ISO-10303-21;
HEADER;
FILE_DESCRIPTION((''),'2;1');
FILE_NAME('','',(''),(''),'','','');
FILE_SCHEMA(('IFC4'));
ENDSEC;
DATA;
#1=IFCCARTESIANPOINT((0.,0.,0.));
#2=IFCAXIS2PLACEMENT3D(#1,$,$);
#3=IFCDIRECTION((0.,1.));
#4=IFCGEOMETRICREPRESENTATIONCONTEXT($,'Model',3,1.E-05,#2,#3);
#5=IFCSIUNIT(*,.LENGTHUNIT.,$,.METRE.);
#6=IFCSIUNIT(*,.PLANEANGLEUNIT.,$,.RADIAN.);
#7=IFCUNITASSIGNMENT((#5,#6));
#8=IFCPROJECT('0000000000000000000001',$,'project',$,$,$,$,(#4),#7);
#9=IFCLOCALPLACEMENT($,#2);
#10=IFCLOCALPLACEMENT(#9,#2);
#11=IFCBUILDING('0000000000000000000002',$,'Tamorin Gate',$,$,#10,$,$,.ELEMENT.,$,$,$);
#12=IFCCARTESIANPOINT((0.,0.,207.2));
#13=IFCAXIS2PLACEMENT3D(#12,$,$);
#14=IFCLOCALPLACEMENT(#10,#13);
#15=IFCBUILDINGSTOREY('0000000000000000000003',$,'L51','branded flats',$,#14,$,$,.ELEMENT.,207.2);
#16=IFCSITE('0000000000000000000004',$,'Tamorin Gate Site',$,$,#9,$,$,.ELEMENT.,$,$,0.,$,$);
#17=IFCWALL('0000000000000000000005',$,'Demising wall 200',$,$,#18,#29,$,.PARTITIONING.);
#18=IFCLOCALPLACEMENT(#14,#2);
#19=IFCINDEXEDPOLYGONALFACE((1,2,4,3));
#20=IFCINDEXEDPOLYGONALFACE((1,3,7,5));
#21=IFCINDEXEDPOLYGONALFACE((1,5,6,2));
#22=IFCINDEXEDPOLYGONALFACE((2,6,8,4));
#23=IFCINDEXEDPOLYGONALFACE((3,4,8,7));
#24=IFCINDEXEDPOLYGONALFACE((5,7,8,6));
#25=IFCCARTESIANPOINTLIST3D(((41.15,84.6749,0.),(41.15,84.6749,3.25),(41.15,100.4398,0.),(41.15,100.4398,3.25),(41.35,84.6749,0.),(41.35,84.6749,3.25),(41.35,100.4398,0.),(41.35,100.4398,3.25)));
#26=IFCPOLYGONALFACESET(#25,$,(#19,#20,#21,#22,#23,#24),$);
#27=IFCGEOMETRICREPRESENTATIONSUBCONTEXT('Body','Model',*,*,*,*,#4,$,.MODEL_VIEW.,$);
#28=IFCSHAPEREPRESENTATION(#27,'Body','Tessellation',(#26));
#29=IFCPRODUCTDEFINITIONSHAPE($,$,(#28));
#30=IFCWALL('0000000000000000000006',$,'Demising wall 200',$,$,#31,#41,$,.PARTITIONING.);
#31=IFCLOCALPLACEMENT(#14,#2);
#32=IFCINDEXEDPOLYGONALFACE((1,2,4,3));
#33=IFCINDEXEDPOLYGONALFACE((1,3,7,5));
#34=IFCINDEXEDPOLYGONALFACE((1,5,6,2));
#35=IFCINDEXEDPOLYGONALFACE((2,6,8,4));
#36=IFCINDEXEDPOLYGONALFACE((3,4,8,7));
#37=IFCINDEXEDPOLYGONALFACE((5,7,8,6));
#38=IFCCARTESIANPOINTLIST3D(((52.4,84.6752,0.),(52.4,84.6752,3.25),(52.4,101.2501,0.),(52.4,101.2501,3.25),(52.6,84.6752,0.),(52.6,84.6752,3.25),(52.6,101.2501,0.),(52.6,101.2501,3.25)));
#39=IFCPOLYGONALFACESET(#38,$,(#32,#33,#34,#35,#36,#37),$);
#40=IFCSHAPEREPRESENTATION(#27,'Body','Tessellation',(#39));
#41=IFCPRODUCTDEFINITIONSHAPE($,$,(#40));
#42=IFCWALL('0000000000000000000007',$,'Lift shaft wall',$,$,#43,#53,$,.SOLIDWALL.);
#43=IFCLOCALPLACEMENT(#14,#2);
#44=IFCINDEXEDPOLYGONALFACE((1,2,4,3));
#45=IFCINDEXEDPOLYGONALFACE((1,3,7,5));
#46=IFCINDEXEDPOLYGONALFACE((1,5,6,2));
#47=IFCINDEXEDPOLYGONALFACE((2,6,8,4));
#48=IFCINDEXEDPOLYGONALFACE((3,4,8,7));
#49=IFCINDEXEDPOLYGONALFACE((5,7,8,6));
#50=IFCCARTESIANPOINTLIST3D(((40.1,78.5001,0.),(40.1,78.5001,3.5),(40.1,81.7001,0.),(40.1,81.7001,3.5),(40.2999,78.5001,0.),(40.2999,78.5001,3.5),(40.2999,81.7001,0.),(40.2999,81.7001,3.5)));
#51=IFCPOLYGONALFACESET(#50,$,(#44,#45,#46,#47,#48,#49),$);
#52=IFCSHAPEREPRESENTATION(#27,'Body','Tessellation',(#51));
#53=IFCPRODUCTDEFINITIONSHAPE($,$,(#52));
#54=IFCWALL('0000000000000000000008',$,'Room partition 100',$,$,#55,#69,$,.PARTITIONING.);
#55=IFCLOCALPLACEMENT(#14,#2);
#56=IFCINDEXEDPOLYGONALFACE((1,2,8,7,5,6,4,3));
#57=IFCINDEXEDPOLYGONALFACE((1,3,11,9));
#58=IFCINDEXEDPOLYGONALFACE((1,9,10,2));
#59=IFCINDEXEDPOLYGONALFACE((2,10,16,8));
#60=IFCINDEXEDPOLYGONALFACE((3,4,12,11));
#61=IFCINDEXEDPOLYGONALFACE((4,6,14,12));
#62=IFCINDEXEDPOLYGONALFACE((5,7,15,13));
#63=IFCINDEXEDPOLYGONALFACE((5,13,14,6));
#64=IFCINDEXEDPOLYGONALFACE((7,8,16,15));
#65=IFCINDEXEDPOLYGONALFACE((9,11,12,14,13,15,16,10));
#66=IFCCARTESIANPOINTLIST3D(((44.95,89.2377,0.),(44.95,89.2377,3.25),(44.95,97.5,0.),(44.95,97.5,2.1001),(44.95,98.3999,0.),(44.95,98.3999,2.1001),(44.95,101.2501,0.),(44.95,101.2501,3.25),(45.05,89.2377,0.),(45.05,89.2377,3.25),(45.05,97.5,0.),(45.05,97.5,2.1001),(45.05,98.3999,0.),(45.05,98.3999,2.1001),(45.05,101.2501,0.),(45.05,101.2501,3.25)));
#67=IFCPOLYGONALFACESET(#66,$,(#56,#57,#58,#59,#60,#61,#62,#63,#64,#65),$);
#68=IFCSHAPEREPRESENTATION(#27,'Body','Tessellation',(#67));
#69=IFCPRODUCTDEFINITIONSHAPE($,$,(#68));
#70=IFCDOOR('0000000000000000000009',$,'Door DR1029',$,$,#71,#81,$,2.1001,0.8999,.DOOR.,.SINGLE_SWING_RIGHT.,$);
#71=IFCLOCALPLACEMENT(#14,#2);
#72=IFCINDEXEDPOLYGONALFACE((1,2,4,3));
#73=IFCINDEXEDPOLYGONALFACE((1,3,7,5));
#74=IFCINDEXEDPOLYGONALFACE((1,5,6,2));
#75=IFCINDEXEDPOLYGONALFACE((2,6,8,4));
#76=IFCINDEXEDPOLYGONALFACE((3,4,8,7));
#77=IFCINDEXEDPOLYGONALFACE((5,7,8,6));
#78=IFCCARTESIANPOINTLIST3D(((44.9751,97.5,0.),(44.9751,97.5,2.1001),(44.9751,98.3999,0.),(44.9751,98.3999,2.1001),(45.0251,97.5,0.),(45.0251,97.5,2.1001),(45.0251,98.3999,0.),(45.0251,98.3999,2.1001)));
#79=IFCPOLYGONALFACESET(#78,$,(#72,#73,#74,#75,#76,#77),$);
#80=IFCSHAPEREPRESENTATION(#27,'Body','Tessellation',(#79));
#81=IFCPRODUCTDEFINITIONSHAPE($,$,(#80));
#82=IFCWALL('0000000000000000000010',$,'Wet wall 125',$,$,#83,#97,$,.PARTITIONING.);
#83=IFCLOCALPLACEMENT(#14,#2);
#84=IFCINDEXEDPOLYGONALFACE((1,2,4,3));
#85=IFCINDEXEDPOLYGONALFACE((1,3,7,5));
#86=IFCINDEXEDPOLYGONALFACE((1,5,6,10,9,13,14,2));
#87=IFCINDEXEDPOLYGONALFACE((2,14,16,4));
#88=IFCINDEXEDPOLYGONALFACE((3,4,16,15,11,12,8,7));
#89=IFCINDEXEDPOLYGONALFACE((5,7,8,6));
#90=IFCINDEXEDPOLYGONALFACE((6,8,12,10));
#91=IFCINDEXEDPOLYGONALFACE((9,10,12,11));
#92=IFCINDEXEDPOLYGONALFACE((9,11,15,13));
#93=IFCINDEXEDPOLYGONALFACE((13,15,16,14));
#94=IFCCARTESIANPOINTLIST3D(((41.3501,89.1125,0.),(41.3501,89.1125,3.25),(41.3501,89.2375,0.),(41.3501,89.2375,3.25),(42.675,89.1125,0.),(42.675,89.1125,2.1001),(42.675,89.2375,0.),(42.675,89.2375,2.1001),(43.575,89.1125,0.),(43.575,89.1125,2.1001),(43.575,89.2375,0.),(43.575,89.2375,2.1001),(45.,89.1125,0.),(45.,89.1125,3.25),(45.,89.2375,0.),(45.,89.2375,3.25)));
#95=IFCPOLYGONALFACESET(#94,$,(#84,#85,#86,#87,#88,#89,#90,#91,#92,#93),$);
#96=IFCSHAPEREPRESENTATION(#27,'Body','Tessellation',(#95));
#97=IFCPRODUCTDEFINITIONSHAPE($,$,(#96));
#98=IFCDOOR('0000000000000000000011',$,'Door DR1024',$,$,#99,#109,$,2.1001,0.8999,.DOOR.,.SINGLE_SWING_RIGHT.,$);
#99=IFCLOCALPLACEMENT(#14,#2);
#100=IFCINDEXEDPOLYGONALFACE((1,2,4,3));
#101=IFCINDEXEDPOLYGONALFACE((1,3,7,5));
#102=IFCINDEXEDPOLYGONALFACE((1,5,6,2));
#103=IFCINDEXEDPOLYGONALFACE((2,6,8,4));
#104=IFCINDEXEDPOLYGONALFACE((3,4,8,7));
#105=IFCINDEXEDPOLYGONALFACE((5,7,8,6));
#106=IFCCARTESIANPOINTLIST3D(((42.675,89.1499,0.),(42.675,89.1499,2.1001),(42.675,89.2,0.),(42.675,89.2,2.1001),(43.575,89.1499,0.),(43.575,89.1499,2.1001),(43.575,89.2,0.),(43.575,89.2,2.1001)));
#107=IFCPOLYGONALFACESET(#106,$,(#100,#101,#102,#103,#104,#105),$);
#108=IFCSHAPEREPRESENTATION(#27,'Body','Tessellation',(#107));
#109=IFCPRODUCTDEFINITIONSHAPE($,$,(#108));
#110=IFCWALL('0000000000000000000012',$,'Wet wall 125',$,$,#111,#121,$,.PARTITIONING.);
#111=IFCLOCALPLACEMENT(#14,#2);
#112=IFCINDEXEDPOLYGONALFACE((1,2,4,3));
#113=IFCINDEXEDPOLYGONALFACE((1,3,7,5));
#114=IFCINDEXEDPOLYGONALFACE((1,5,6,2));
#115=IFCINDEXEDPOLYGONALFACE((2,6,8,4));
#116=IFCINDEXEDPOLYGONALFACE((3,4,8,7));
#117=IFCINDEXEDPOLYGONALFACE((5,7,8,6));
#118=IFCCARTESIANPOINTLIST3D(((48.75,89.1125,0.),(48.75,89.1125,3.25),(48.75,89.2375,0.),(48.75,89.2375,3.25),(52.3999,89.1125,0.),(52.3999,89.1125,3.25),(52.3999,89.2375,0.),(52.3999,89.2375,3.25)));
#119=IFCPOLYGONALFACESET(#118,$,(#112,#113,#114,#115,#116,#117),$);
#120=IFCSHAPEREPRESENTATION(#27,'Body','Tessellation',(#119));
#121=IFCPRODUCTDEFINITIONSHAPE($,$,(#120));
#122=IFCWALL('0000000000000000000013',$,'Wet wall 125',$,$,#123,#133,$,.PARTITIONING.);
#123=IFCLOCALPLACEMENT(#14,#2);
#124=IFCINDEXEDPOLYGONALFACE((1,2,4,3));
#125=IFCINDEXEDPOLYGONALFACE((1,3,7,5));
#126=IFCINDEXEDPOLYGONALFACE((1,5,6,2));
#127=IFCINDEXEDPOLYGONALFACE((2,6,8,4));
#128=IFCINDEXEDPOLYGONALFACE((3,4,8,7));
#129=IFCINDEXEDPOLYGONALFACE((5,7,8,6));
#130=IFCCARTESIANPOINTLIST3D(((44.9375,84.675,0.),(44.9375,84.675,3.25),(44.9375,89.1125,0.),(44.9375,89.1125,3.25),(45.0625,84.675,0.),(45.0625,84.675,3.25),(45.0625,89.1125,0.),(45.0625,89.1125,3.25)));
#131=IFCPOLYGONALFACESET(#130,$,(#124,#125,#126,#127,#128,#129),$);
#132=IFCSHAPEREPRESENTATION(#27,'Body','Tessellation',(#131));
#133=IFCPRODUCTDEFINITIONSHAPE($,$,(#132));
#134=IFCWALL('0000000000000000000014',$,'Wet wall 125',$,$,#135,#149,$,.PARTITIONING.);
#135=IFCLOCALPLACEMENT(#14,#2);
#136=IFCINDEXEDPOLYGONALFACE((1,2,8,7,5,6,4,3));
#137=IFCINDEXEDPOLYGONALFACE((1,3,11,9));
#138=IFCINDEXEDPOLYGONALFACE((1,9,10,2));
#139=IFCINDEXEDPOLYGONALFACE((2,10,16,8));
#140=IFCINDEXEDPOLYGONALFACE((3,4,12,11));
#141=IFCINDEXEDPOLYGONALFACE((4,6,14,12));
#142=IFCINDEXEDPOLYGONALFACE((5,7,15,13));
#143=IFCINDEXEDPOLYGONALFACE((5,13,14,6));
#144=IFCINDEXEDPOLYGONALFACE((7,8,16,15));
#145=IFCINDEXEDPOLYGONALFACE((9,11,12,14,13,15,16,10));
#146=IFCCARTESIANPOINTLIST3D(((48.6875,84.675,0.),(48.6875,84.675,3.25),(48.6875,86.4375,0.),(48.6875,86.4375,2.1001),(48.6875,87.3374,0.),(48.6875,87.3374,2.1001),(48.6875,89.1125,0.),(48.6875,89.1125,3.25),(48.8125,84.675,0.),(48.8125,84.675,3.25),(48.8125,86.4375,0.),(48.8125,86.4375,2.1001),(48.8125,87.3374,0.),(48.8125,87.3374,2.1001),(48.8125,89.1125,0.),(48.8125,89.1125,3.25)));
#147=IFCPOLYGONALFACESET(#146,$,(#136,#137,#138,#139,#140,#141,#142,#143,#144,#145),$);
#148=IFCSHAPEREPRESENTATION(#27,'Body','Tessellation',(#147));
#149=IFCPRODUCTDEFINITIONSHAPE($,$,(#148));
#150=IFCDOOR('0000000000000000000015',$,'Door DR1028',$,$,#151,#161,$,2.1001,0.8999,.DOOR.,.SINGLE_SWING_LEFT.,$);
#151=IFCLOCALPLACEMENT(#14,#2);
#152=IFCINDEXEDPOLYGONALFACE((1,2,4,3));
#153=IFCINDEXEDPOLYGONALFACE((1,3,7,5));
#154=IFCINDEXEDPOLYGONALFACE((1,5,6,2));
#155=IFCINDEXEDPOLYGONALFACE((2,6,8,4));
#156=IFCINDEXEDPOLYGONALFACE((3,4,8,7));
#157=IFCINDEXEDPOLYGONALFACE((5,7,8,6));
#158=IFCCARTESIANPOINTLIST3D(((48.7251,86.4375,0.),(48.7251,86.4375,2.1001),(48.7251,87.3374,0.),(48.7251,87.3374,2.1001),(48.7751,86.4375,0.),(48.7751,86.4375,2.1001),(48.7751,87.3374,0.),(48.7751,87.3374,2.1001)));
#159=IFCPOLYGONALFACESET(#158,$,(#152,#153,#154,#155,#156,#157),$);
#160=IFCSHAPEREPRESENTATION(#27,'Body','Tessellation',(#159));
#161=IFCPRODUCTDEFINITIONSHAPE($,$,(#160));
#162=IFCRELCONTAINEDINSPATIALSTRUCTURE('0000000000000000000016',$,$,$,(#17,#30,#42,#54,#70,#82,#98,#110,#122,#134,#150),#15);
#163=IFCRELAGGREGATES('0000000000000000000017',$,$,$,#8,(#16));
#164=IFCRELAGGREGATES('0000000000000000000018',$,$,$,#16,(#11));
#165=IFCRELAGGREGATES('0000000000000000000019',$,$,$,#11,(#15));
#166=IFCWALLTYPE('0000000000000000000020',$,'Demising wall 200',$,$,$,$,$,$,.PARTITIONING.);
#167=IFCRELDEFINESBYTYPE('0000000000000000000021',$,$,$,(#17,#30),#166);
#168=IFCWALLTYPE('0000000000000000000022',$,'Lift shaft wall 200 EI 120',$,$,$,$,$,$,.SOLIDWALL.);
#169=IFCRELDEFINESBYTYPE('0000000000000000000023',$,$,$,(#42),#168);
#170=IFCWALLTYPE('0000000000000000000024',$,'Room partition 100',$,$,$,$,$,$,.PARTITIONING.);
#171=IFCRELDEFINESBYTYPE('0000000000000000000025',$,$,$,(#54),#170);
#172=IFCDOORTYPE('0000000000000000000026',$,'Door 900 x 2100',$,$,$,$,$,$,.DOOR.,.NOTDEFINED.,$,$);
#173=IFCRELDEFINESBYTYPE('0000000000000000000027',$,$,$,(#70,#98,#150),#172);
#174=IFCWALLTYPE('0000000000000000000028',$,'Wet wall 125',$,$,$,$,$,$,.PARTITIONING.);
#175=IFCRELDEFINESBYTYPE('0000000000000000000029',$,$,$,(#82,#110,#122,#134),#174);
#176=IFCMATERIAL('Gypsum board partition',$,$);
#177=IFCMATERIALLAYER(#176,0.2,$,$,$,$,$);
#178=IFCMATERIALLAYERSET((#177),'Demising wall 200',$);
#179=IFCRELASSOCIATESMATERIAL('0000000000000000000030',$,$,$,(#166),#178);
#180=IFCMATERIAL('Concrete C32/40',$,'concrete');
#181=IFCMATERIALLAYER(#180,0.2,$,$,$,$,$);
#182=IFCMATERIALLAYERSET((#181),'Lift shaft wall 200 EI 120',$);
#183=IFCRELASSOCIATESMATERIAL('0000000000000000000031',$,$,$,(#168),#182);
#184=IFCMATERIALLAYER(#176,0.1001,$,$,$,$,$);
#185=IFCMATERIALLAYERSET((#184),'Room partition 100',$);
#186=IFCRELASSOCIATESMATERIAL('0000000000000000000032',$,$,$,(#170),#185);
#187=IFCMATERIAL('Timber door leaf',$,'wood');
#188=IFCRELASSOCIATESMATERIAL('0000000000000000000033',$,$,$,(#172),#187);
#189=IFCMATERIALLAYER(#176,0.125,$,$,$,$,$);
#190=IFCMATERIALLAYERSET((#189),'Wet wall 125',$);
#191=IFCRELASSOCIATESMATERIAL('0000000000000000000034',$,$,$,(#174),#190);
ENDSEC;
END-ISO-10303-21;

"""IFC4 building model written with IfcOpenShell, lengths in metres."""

from ifc_helpers import new_model, si_unit, direction, frame, frame_2d, origin, place, context, subcontext, project, spatial, rectangle, extrude, material, layer, layer_set, type_object, element, fill, save


model = new_model("IFC4")

# Units and contexts
model_context = context("Model", 3, precision=1e-05, world=origin(), true_north=direction((0.0, 1.0)))
body_context = subcontext(model_context, "Body", "Model", "MODEL_VIEW")
ifc_project = project(units=[si_unit("LENGTHUNIT", "METRE"), si_unit("PLANEANGLEUNIT", "RADIAN")], contexts=[model_context])

# Site, building, storey
site_placement = place(None, origin())
site = spatial("IfcSite", under=ifc_project, at=site_placement, Name="Tamorin Gate Site", CompositionType="ELEMENT", RefElevation=0.0)
building_placement = place(site_placement, origin())
building = spatial("IfcBuilding", under=site, at=building_placement, Name="Tamorin Gate", CompositionType="ELEMENT")
storey_placement = place(building_placement, frame((0.0, 0.0, 207.2)))
storey = spatial("IfcBuildingStorey", under=building, at=storey_placement, Name="L51", Description="branded flats", CompositionType="ELEMENT", Elevation=207.2)

# Walls
ifc_material_1 = material(Name="Gypsum board partition")
ifc_layer_1 = layer(ifc_material_1, 0.2)
ifc_layer_set_1 = layer_set([ifc_layer_1], Name="Demising wall 200")
wall_type_1 = type_object("IfcWallType", Name="Demising wall 200", PredefinedType="PARTITIONING", material=ifc_layer_set_1)
wall_1_placement = place(storey_placement, frame((41.25, 84.675, 0.0), z_axis=(0.0, 0.0, 1.0), x_axis=(0.0, 1.0, 0.0)))
element("IfcWall", 1, at=wall_1_placement, inside=storey, type_object=wall_type_1, Name="Demising wall 200", PredefinedType="PARTITIONING", context=body_context, shape_type="SweptSolid", body=[
    extrude(rectangle(XDim=15.7649, YDim=0.2, at=frame_2d((7.8823, 0.0))), origin(), (0.0, 0.0, 1.0), 3.25),
])
wall_2_placement = place(storey_placement, frame((52.5, 84.675, 0.0), z_axis=(0.0, 0.0, 1.0), x_axis=(0.0, 1.0, 0.0)))
element("IfcWall", 2, at=wall_2_placement, inside=storey, type_object=wall_type_1, Name="Demising wall 200", PredefinedType="PARTITIONING", context=body_context, shape_type="SweptSolid", body=[
    extrude(rectangle(XDim=16.575, YDim=0.2, at=frame_2d((8.2876, 0.0))), origin(), (0.0, 0.0, 1.0), 3.25),
])
ifc_material_2 = material(Name="Concrete C32/40", Category="concrete")
ifc_layer_2 = layer(ifc_material_2, 0.2)
ifc_layer_set_2 = layer_set([ifc_layer_2], Name="Lift shaft wall 200 EI 120")
wall_type_2 = type_object("IfcWallType", Name="Lift shaft wall 200 EI 120", PredefinedType="SOLIDWALL", material=ifc_layer_set_2)
wall_3_placement = place(storey_placement, frame((40.2, 78.5, 0.0), z_axis=(0.0, 0.0, 1.0), x_axis=(0.0, 1.0, 0.0)))
element("IfcWall", 3, at=wall_3_placement, inside=storey, type_object=wall_type_2, Name="Lift shaft wall", PredefinedType="SOLIDWALL", context=body_context, shape_type="SweptSolid", body=[
    extrude(rectangle(XDim=3.2, YDim=0.2, at=frame_2d((1.6001, 0.0))), origin(), (0.0, 0.0, 1.0), 3.5),
])

# Walls, openings, doors
ifc_layer_3 = layer(ifc_material_1, 0.1001)
ifc_layer_set_3 = layer_set([ifc_layer_3], Name="Room partition 100")
wall_type_3 = type_object("IfcWallType", Name="Room partition 100", PredefinedType="PARTITIONING", material=ifc_layer_set_3)
wall_4_placement = place(storey_placement, frame((45.0, 89.2375, 0.0), z_axis=(0.0, 0.0, 1.0), x_axis=(0.0, 1.0, 0.0)))
wall_4 = element("IfcWall", 4, at=wall_4_placement, inside=storey, type_object=wall_type_3, Name="Room partition 100", PredefinedType="PARTITIONING", context=body_context, shape_type="SweptSolid", body=[
    extrude(rectangle(XDim=12.0125, YDim=0.1001, at=frame_2d((6.0063, 0.0))), origin(), (0.0, 0.0, 1.0), 3.25),
])
opening_1_placement = place(wall_4_placement, frame((8.2625, 0.0, 0.0)))
opening_1 = element("IfcOpeningElement", 5, at=opening_1_placement, cuts=wall_4, PredefinedType="OPENING", context=body_context, shape_type="SweptSolid", body=[
    extrude(rectangle(XDim=0.8999, YDim=2.1001, at=frame_2d((0.45, 1.05))), frame((0.0, 0.0601, 0.0), z_axis=(0.0, -1.0, 0.0), x_axis=(1.0, 0.0, 0.0)), (0.0, 0.0, 1.0), 0.1201),
])
ifc_material_3 = material(Name="Timber door leaf", Category="wood")
door_type = type_object("IfcDoorType", Name="Door 900 x 2100", OperationType="NOTDEFINED", PredefinedType="DOOR", material=ifc_material_3)
door_1_placement = place(opening_1_placement, origin())
door_1 = element("IfcDoor", 6, at=door_1_placement, inside=storey, type_object=door_type, Name="Door DR1029", OperationType="SINGLE_SWING_RIGHT", OverallHeight=2.1001, OverallWidth=0.8999, PredefinedType="DOOR", context=body_context, shape_type="SweptSolid", body=[
    extrude(rectangle(XDim=0.8999, YDim=2.1001, at=frame_2d((0.45, 1.05))), frame((0.0, 0.0249, 0.0), z_axis=(0.0, -1.0, 0.0), x_axis=(1.0, 0.0, 0.0)), (0.0, 0.0, 1.0), 0.05),
])
fill(opening_1, door_1)
ifc_layer_4 = layer(ifc_material_1, 0.125)
ifc_layer_set_4 = layer_set([ifc_layer_4], Name="Wet wall 125")
wall_type_4 = type_object("IfcWallType", Name="Wet wall 125", PredefinedType="PARTITIONING", material=ifc_layer_set_4)
wall_5_placement = place(storey_placement, frame((41.3501, 89.175, 0.0), z_axis=(0.0, 0.0, 1.0), x_axis=(1.0, 0.0, 0.0)))
wall_5 = element("IfcWall", 7, at=wall_5_placement, inside=storey, type_object=wall_type_4, Name="Wet wall 125", PredefinedType="PARTITIONING", context=body_context, shape_type="SweptSolid", body=[
    extrude(rectangle(XDim=3.6499, YDim=0.125, at=frame_2d((1.825, 0.0))), origin(), (0.0, 0.0, 1.0), 3.25),
])
opening_2_placement = place(wall_5_placement, frame((1.325, 0.0, 0.0)))
opening_2 = element("IfcOpeningElement", 8, at=opening_2_placement, cuts=wall_5, PredefinedType="OPENING", context=body_context, shape_type="SweptSolid", body=[
    extrude(rectangle(XDim=0.8999, YDim=2.1001, at=frame_2d((0.45, 1.05))), frame((0.0, 0.0725, 0.0), z_axis=(0.0, -1.0, 0.0), x_axis=(1.0, 0.0, 0.0)), (0.0, 0.0, 1.0), 0.145),
])
door_2_placement = place(opening_2_placement, origin())
door_2 = element("IfcDoor", 9, at=door_2_placement, inside=storey, type_object=door_type, Name="Door DR1024", OperationType="SINGLE_SWING_RIGHT", OverallHeight=2.1001, OverallWidth=0.8999, PredefinedType="DOOR", context=body_context, shape_type="SweptSolid", body=[
    extrude(rectangle(XDim=0.8999, YDim=2.1001, at=frame_2d((0.45, 1.05))), frame((0.0, 0.0249, 0.0), z_axis=(0.0, -1.0, 0.0), x_axis=(1.0, 0.0, 0.0)), (0.0, 0.0, 1.0), 0.05),
])
fill(opening_2, door_2)

# Walls
wall_6_placement = place(storey_placement, frame((48.75, 89.175, 0.0), z_axis=(0.0, 0.0, 1.0), x_axis=(1.0, 0.0, 0.0)))
element("IfcWall", 10, at=wall_6_placement, inside=storey, type_object=wall_type_4, Name="Wet wall 125", PredefinedType="PARTITIONING", context=body_context, shape_type="SweptSolid", body=[
    extrude(rectangle(XDim=3.6499, YDim=0.125, at=frame_2d((1.825, 0.0))), origin(), (0.0, 0.0, 1.0), 3.25),
])
wall_7_placement = place(storey_placement, frame((45.0, 84.675, 0.0), z_axis=(0.0, 0.0, 1.0), x_axis=(0.0, 1.0, 0.0)))
element("IfcWall", 11, at=wall_7_placement, inside=storey, type_object=wall_type_4, Name="Wet wall 125", PredefinedType="PARTITIONING", context=body_context, shape_type="SweptSolid", body=[
    extrude(rectangle(XDim=4.4375, YDim=0.125, at=frame_2d((2.2188, 0.0))), origin(), (0.0, 0.0, 1.0), 3.25),
])

# Wall, opening, door
wall_8_placement = place(storey_placement, frame((48.75, 84.675, 0.0), z_axis=(0.0, 0.0, 1.0), x_axis=(0.0, 1.0, 0.0)))
wall_8 = element("IfcWall", 12, at=wall_8_placement, inside=storey, type_object=wall_type_4, Name="Wet wall 125", PredefinedType="PARTITIONING", context=body_context, shape_type="SweptSolid", body=[
    extrude(rectangle(XDim=4.4375, YDim=0.125, at=frame_2d((2.2188, 0.0))), origin(), (0.0, 0.0, 1.0), 3.25),
])
opening_3_placement = place(wall_8_placement, frame((1.7625, 0.0, 0.0)))
opening_3 = element("IfcOpeningElement", 13, at=opening_3_placement, cuts=wall_8, PredefinedType="OPENING", context=body_context, shape_type="SweptSolid", body=[
    extrude(rectangle(XDim=0.8999, YDim=2.1001, at=frame_2d((0.45, 1.05))), frame((0.0, 0.0725, 0.0), z_axis=(0.0, -1.0, 0.0), x_axis=(1.0, 0.0, 0.0)), (0.0, 0.0, 1.0), 0.145),
])
door_3_placement = place(opening_3_placement, origin())
door_3 = element("IfcDoor", 14, at=door_3_placement, inside=storey, type_object=door_type, Name="Door DR1028", OperationType="SINGLE_SWING_LEFT", OverallHeight=2.1001, OverallWidth=0.8999, PredefinedType="DOOR", context=body_context, shape_type="SweptSolid", body=[
    extrude(rectangle(XDim=0.8999, YDim=2.1001, at=frame_2d((0.45, 1.05))), frame((0.0, 0.0249, 0.0), z_axis=(0.0, -1.0, 0.0), x_axis=(1.0, 0.0, 0.0)), (0.0, 0.0, 1.0), 0.05),
])
fill(opening_3, door_3)

save(model, "model.ifc")
